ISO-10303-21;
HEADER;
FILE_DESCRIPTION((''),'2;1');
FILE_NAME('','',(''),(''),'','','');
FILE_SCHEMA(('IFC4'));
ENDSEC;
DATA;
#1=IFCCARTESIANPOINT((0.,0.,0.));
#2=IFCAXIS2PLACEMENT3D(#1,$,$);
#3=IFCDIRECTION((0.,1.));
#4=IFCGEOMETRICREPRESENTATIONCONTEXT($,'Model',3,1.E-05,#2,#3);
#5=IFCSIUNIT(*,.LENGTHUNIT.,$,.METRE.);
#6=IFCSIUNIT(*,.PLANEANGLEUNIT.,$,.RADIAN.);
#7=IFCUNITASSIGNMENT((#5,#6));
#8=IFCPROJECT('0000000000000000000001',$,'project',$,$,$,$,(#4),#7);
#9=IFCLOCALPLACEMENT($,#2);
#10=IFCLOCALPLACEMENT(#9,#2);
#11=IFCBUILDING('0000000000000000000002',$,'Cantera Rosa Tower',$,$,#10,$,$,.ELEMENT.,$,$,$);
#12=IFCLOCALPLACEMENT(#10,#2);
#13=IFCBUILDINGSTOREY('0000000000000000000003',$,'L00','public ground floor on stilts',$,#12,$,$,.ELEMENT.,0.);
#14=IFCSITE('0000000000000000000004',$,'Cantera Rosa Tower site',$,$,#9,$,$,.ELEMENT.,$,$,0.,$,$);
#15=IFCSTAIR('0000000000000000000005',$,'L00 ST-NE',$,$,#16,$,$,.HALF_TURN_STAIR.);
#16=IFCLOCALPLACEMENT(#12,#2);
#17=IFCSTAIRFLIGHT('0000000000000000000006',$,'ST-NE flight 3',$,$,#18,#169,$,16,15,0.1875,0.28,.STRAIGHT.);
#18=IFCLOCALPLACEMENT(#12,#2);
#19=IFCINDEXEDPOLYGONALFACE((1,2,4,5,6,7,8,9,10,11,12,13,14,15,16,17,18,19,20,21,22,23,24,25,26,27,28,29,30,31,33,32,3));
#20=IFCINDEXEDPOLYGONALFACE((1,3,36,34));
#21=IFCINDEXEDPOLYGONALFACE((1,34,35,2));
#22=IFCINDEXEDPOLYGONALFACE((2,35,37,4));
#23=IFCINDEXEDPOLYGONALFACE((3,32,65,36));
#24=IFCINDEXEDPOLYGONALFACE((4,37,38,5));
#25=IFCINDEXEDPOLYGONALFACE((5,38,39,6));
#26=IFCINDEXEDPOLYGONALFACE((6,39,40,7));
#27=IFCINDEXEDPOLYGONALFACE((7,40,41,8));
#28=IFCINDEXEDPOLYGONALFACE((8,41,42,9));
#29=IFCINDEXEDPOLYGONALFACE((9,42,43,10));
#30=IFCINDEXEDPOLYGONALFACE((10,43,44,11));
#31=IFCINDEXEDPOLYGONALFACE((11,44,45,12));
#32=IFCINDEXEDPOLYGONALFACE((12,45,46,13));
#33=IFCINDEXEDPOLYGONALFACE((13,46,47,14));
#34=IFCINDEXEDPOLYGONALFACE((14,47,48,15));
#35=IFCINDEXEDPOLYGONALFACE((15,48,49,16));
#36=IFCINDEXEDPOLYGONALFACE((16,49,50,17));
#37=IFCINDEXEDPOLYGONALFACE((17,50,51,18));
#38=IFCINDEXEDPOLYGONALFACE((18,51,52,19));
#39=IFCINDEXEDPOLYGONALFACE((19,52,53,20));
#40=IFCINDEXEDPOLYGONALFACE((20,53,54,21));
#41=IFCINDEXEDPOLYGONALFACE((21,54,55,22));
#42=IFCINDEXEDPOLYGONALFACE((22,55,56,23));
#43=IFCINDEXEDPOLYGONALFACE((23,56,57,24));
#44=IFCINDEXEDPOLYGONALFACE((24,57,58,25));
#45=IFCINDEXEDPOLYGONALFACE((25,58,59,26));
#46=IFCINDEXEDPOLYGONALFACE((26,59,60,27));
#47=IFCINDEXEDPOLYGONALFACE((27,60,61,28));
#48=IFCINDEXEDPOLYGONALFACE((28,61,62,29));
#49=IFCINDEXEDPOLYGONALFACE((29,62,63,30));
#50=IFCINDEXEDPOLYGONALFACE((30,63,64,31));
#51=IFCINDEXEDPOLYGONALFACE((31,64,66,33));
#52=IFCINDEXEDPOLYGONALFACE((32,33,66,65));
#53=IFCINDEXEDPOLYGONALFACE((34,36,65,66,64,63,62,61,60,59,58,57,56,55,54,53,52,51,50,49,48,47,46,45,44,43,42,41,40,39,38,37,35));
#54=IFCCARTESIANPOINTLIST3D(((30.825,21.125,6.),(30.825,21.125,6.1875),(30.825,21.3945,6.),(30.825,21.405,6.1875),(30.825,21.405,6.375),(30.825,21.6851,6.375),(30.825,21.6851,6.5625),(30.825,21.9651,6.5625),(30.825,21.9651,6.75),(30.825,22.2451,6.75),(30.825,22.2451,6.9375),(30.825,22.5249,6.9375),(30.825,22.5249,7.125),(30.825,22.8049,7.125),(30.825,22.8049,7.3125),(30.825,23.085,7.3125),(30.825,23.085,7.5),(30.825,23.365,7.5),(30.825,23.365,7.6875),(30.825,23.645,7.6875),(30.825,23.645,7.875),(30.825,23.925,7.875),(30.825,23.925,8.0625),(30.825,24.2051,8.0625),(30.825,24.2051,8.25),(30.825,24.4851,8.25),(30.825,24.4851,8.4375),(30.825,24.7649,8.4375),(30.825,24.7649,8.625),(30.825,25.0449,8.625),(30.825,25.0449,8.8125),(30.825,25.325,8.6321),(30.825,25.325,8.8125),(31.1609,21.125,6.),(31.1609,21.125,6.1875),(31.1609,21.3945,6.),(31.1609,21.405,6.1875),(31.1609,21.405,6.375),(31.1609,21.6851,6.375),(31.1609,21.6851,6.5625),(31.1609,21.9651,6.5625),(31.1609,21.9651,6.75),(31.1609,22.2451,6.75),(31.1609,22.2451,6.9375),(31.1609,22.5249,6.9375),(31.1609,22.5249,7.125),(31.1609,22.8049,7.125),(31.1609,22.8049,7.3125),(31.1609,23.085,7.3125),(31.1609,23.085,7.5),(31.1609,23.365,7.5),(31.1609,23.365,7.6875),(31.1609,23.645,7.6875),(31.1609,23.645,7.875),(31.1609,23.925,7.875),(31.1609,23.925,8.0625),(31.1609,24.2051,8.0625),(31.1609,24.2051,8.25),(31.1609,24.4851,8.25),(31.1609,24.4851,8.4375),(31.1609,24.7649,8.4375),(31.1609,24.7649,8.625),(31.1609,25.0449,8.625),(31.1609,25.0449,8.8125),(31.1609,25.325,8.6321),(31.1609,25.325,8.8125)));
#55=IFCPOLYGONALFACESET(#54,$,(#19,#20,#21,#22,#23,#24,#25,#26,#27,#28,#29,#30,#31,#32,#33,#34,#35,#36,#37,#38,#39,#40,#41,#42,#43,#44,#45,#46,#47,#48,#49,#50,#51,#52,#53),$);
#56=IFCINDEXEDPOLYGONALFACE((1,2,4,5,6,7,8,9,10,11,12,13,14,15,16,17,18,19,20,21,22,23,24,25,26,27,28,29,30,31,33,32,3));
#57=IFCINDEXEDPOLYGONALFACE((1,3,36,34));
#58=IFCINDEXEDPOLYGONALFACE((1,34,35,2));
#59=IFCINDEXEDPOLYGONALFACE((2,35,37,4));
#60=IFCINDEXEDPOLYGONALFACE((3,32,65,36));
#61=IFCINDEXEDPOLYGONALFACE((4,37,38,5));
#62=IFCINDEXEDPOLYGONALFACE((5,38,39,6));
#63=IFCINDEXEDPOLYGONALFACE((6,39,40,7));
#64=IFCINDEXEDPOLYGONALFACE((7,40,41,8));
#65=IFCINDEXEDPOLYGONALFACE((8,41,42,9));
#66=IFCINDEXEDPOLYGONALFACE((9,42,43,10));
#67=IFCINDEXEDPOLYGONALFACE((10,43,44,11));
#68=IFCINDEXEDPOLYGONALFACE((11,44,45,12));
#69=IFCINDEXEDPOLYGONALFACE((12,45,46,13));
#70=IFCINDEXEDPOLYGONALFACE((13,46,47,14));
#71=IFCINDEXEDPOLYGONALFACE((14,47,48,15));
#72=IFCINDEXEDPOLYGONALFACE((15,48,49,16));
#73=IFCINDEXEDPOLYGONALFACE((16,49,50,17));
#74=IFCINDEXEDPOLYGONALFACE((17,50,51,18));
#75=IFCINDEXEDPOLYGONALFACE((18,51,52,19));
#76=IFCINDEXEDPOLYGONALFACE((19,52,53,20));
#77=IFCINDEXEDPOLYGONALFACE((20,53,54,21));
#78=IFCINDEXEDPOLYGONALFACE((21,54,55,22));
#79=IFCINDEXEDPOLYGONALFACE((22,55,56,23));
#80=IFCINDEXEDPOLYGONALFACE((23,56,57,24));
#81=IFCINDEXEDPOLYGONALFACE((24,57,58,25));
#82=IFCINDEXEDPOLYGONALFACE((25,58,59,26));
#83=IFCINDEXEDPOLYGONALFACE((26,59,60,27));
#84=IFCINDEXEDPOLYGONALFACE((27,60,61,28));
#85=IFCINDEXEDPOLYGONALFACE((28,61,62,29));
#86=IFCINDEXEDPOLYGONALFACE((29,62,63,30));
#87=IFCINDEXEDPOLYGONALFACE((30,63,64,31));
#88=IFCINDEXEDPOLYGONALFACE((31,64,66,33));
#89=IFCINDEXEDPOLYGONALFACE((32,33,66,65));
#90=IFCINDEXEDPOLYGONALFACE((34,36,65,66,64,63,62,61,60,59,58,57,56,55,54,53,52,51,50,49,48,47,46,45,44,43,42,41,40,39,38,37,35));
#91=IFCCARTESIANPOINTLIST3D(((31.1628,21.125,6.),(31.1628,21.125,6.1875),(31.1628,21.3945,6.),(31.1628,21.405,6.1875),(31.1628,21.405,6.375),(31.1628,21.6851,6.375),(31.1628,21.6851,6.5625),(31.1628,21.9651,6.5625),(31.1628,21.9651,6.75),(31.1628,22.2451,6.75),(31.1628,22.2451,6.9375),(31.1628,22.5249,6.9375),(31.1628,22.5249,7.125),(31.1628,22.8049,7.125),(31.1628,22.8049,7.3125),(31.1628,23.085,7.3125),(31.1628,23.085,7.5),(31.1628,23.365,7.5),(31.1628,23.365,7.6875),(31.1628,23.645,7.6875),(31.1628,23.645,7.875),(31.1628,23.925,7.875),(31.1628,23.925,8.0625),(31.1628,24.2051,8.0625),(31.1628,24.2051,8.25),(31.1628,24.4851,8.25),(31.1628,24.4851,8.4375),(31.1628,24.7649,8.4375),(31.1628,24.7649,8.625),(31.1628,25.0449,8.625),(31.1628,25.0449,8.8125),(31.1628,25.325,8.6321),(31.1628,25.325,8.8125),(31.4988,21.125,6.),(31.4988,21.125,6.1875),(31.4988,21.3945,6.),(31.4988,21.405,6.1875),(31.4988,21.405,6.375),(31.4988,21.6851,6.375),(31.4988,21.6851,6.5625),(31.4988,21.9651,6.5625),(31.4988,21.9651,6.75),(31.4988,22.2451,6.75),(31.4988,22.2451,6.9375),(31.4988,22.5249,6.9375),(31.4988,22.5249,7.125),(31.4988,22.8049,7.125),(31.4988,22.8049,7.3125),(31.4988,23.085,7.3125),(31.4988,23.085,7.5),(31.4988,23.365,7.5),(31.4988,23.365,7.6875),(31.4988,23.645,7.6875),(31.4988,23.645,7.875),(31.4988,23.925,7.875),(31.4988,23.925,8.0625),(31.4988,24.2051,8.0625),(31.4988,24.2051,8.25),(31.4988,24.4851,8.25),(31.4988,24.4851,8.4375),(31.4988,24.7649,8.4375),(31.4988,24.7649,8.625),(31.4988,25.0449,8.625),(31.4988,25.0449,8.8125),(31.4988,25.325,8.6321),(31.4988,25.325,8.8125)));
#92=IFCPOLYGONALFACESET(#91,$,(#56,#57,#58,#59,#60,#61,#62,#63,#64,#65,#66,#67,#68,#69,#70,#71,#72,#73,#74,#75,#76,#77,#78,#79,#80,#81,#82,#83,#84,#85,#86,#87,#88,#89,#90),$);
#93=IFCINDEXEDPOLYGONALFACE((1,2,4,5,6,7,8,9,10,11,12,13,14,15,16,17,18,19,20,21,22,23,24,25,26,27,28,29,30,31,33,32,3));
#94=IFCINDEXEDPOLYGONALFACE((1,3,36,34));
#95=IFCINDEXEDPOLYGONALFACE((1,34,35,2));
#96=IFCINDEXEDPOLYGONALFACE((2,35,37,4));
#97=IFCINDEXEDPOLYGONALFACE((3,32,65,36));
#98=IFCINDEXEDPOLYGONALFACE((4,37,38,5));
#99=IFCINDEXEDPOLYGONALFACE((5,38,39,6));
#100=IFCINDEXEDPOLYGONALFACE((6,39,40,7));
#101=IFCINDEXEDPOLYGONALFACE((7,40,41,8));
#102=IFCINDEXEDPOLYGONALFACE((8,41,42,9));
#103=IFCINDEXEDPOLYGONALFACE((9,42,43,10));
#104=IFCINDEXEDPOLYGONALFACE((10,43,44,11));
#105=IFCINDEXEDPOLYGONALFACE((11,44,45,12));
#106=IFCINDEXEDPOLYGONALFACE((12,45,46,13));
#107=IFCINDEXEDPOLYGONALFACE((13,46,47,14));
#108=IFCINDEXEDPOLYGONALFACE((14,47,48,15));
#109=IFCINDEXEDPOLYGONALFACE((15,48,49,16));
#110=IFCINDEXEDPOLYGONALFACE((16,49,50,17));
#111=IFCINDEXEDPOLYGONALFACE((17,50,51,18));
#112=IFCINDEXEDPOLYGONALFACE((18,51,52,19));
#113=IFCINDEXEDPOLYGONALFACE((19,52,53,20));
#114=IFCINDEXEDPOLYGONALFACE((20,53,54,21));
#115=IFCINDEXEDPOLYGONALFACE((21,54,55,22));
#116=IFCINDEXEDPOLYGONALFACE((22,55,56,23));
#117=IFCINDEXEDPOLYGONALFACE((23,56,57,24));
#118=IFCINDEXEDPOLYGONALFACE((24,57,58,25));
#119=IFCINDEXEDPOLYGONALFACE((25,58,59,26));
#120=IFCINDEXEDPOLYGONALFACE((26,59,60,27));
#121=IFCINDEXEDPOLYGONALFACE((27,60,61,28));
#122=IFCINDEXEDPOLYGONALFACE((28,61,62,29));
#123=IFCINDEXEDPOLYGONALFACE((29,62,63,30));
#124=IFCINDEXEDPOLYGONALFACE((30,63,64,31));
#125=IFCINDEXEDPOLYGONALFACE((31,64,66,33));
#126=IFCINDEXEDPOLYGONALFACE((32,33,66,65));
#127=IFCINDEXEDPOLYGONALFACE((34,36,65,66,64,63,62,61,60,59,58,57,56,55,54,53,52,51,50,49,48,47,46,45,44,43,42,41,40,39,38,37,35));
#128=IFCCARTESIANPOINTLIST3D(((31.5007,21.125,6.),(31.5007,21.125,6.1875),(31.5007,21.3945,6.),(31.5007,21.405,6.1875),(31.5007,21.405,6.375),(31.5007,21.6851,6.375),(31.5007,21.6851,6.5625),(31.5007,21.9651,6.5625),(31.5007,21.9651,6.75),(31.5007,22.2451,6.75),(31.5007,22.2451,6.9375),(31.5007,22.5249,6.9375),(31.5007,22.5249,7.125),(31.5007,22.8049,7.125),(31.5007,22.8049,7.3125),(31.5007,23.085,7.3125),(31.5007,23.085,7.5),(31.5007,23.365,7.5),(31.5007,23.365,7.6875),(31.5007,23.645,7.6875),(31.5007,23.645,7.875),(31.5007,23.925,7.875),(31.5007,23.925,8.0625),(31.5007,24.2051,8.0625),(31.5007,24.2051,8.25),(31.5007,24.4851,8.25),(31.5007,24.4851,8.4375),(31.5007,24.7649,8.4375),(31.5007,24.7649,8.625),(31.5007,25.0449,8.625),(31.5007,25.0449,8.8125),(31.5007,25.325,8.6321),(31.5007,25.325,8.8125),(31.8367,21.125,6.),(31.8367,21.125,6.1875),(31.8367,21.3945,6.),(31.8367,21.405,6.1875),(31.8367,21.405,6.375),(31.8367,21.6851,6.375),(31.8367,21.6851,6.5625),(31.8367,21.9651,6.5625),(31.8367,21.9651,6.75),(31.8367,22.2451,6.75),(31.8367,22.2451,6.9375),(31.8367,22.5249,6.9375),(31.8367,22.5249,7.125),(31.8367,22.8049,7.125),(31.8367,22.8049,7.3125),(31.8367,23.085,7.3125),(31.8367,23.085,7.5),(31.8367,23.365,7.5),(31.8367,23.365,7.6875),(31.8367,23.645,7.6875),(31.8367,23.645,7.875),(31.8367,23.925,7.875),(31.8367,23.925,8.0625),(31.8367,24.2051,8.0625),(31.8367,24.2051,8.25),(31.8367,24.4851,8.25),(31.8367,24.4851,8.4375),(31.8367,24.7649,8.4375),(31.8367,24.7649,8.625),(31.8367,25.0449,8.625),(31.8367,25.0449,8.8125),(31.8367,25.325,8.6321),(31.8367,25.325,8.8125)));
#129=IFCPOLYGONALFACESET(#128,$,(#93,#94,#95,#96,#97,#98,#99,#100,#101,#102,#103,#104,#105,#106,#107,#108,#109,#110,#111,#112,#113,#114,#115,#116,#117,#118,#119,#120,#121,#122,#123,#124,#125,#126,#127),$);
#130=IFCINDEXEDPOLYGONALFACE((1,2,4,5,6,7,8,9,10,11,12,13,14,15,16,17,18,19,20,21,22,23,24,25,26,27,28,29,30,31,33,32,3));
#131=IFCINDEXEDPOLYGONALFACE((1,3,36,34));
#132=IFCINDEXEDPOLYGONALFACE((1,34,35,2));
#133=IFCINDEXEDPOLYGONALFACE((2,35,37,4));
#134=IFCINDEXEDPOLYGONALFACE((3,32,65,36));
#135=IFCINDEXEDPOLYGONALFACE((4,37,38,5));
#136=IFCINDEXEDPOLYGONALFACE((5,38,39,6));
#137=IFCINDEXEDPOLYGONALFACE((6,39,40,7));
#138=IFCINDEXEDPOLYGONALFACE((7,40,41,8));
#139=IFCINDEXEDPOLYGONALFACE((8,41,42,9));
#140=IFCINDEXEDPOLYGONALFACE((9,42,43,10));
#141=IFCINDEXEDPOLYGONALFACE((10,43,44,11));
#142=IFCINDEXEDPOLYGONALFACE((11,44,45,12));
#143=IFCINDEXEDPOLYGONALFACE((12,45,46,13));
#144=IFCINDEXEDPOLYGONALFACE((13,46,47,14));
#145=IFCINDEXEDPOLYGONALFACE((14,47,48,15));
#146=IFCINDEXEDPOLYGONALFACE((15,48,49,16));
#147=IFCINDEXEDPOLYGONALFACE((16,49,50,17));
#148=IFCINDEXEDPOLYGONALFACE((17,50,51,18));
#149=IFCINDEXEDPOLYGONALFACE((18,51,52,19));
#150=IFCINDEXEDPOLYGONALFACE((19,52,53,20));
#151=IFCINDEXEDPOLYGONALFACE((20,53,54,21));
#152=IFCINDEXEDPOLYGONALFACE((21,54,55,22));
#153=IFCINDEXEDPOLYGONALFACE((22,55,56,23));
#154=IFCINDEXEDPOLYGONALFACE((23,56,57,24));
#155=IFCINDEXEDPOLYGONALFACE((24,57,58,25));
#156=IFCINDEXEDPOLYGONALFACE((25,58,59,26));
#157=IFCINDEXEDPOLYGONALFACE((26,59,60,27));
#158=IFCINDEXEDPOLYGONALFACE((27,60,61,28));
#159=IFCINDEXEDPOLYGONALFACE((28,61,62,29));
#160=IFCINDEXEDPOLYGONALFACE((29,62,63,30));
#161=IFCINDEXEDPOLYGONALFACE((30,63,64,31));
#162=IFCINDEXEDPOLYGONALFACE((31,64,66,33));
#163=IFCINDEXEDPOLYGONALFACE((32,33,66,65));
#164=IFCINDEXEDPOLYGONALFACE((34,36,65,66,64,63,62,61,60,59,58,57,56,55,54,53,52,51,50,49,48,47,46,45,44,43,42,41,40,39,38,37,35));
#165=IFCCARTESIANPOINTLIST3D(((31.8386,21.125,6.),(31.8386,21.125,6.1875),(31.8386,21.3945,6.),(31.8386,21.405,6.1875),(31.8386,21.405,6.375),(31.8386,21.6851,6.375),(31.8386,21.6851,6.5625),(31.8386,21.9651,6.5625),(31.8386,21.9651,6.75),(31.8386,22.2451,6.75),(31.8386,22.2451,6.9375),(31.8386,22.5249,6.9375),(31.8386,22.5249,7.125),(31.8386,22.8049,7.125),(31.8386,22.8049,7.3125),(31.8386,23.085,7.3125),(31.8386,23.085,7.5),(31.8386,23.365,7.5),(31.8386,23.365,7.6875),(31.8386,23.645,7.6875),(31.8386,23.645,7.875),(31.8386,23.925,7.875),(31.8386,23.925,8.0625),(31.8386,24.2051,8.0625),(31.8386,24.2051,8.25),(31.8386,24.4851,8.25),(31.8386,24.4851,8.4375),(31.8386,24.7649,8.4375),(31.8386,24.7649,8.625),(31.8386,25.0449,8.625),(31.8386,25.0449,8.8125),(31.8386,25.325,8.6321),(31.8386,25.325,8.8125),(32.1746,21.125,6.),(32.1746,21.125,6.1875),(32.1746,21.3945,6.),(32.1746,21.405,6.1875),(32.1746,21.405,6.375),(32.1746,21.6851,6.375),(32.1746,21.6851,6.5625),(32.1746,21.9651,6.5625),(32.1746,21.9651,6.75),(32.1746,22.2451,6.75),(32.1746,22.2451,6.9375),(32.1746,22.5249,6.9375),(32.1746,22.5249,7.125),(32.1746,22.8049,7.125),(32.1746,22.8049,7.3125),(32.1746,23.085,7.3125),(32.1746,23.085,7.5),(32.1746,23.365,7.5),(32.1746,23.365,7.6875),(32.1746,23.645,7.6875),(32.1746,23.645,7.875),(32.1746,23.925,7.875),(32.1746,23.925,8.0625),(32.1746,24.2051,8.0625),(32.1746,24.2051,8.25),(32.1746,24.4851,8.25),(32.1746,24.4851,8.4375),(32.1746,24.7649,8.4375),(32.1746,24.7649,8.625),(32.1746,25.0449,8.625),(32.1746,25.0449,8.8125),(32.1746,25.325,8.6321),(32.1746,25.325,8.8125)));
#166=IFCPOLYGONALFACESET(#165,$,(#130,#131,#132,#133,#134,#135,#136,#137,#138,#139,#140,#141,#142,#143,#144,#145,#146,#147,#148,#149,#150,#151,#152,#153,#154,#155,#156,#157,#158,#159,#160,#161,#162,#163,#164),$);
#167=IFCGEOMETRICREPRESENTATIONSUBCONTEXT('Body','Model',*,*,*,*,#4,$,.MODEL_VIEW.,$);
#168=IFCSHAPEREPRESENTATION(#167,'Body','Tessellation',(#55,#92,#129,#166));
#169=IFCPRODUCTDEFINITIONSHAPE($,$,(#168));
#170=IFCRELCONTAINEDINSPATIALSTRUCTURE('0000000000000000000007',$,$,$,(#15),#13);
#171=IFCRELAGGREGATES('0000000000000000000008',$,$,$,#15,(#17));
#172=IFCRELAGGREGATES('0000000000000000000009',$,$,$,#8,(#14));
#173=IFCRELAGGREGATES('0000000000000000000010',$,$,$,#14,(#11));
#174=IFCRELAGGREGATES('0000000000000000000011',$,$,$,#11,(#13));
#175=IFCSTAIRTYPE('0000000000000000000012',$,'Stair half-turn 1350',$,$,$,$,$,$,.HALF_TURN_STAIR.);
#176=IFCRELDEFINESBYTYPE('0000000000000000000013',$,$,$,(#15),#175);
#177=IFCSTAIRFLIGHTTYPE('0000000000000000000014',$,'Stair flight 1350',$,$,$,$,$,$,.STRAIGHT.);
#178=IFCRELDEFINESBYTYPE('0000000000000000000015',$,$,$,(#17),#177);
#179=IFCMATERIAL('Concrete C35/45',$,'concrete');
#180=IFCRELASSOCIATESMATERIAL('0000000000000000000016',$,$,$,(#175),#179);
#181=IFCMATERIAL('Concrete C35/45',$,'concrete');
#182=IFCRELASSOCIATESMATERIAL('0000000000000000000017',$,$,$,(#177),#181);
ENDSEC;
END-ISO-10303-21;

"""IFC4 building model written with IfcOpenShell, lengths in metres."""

from ifc_helpers import new_model, si_unit, direction, frame, origin, place, context, subcontext, project, spatial, polyline, outline, extrude, material, type_object, element, aggregate, save


model = new_model("IFC4")

# Units and contexts
model_context = context("Model", 3, precision=1e-05, world=origin(), true_north=direction((0.0, 1.0)))
body_context = subcontext(model_context, "Body", "Model", "MODEL_VIEW")
ifc_project = project(units=[si_unit("LENGTHUNIT", "METRE"), si_unit("PLANEANGLEUNIT", "RADIAN")], contexts=[model_context])

# Site, building, storey
site_placement = place(None, origin())
site = spatial("IfcSite", under=ifc_project, at=site_placement, Name="Cantera Rosa Tower site", CompositionType="ELEMENT", RefElevation=0.0)
building_placement = place(site_placement, origin())
building = spatial("IfcBuilding", under=site, at=building_placement, Name="Cantera Rosa Tower", CompositionType="ELEMENT")
storey_placement = place(building_placement, origin())
storey = spatial("IfcBuildingStorey", under=building, at=storey_placement, Name="L00", Description="public ground floor on stilts", CompositionType="ELEMENT", Elevation=0.0)

# Stair, stair flight
ifc_material_1 = material(Name="Concrete C35/45", Category="concrete")
stair_type = type_object("IfcStairType", Name="Stair half-turn 1350", PredefinedType="HALF_TURN_STAIR", material=ifc_material_1)
stair_placement = place(storey_placement, origin())
stair = element("IfcStair", 1, at=stair_placement, inside=storey, type_object=stair_type, Name="L00 ST-NE", PredefinedType="HALF_TURN_STAIR")
ifc_material_2 = material(Name="Concrete C35/45", Category="concrete")
stair_flight_type = type_object("IfcStairFlightType", Name="Stair flight 1350", PredefinedType="STRAIGHT", material=ifc_material_2)
stair_flight_1_placement = place(storey_placement, frame((31.5, 21.125, 6.0), z_axis=(0.0, 0.0, 1.0), x_axis=(0.0, 1.0, 0.0)))
stair_flight_1 = element("IfcStairFlight", 2, at=stair_flight_1_placement, type_object=stair_flight_type, Name="ST-NE flight 3", NumberOfRisers=16, NumberOfTreads=15, PredefinedType="STRAIGHT", RiserHeight=0.1875, TreadLength=0.28, context=body_context, shape_type="SweptSolid", body=[
    extrude(outline(polyline([(0.0, 0.0), (0.0, 0.1875), (0.28, 0.1875), (0.28, 0.375), (0.5601, 0.375), (0.5601, 0.5625), (0.8401, 0.5625), (0.8401, 0.75), (1.1201, 0.75), (1.1201, 0.9375), (1.3999, 0.9375), (1.3999, 1.125), (1.6799, 1.125), (1.6799, 1.3125), (1.96, 1.3125), (1.96, 1.5), (2.24, 1.5), (2.24, 1.6875), (2.52, 1.6875), (2.52, 1.875), (2.8, 1.875), (2.8, 2.0625), (3.0801, 2.0625), (3.0801, 2.25), (3.3601, 2.25), (3.3601, 2.4375), (3.6399, 2.4375), (3.6399, 2.625), (3.9199, 2.625), (3.9199, 2.8125), (4.2, 2.8125), (4.2, 3.0), (4.2, 2.6321), (0.2695, 0.0), (0.0, 0.0)])), frame((0.0, 0.675, 0.0), z_axis=(0.0, -1.0, 0.0), x_axis=(1.0, 0.0, 0.0)), (0.0, 0.0, 1.0), 0.3359),
    extrude(outline(polyline([(0.0, 0.0), (0.0, 0.1875), (0.28, 0.1875), (0.28, 0.375), (0.5601, 0.375), (0.5601, 0.5625), (0.8401, 0.5625), (0.8401, 0.75), (1.1201, 0.75), (1.1201, 0.9375), (1.3999, 0.9375), (1.3999, 1.125), (1.6799, 1.125), (1.6799, 1.3125), (1.96, 1.3125), (1.96, 1.5), (2.24, 1.5), (2.24, 1.6875), (2.52, 1.6875), (2.52, 1.875), (2.8, 1.875), (2.8, 2.0625), (3.0801, 2.0625), (3.0801, 2.25), (3.3601, 2.25), (3.3601, 2.4375), (3.6399, 2.4375), (3.6399, 2.625), (3.9199, 2.625), (3.9199, 2.8125), (4.2, 2.8125), (4.2, 3.0), (4.2, 2.6321), (0.2695, 0.0), (0.0, 0.0)])), frame((0.0, 0.3372, 0.0), z_axis=(0.0, -1.0, 0.0), x_axis=(1.0, 0.0, 0.0)), (0.0, 0.0, 1.0), 0.3359),
    extrude(outline(polyline([(0.0, 0.0), (0.0, 0.1875), (0.28, 0.1875), (0.28, 0.375), (0.5601, 0.375), (0.5601, 0.5625), (0.8401, 0.5625), (0.8401, 0.75), (1.1201, 0.75), (1.1201, 0.9375), (1.3999, 0.9375), (1.3999, 1.125), (1.6799, 1.125), (1.6799, 1.3125), (1.96, 1.3125), (1.96, 1.5), (2.24, 1.5), (2.24, 1.6875), (2.52, 1.6875), (2.52, 1.875), (2.8, 1.875), (2.8, 2.0625), (3.0801, 2.0625), (3.0801, 2.25), (3.3601, 2.25), (3.3601, 2.4375), (3.6399, 2.4375), (3.6399, 2.625), (3.9199, 2.625), (3.9199, 2.8125), (4.2, 2.8125), (4.2, 3.0), (4.2, 2.6321), (0.2695, 0.0), (0.0, 0.0)])), frame((0.0, -0.0007, 0.0), z_axis=(0.0, -1.0, 0.0), x_axis=(1.0, 0.0, 0.0)), (0.0, 0.0, 1.0), 0.3359),
    extrude(outline(polyline([(0.0, 0.0), (0.0, 0.1875), (0.28, 0.1875), (0.28, 0.375), (0.5601, 0.375), (0.5601, 0.5625), (0.8401, 0.5625), (0.8401, 0.75), (1.1201, 0.75), (1.1201, 0.9375), (1.3999, 0.9375), (1.3999, 1.125), (1.6799, 1.125), (1.6799, 1.3125), (1.96, 1.3125), (1.96, 1.5), (2.24, 1.5), (2.24, 1.6875), (2.52, 1.6875), (2.52, 1.875), (2.8, 1.875), (2.8, 2.0625), (3.0801, 2.0625), (3.0801, 2.25), (3.3601, 2.25), (3.3601, 2.4375), (3.6399, 2.4375), (3.6399, 2.625), (3.9199, 2.625), (3.9199, 2.8125), (4.2, 2.8125), (4.2, 3.0), (4.2, 2.6321), (0.2695, 0.0), (0.0, 0.0)])), frame((0.0, -0.3386, 0.0), z_axis=(0.0, -1.0, 0.0), x_axis=(1.0, 0.0, 0.0)), (0.0, 0.0, 1.0), 0.3359),
])
aggregate(stair, [stair_flight_1])

save(model, "model.ifc")
